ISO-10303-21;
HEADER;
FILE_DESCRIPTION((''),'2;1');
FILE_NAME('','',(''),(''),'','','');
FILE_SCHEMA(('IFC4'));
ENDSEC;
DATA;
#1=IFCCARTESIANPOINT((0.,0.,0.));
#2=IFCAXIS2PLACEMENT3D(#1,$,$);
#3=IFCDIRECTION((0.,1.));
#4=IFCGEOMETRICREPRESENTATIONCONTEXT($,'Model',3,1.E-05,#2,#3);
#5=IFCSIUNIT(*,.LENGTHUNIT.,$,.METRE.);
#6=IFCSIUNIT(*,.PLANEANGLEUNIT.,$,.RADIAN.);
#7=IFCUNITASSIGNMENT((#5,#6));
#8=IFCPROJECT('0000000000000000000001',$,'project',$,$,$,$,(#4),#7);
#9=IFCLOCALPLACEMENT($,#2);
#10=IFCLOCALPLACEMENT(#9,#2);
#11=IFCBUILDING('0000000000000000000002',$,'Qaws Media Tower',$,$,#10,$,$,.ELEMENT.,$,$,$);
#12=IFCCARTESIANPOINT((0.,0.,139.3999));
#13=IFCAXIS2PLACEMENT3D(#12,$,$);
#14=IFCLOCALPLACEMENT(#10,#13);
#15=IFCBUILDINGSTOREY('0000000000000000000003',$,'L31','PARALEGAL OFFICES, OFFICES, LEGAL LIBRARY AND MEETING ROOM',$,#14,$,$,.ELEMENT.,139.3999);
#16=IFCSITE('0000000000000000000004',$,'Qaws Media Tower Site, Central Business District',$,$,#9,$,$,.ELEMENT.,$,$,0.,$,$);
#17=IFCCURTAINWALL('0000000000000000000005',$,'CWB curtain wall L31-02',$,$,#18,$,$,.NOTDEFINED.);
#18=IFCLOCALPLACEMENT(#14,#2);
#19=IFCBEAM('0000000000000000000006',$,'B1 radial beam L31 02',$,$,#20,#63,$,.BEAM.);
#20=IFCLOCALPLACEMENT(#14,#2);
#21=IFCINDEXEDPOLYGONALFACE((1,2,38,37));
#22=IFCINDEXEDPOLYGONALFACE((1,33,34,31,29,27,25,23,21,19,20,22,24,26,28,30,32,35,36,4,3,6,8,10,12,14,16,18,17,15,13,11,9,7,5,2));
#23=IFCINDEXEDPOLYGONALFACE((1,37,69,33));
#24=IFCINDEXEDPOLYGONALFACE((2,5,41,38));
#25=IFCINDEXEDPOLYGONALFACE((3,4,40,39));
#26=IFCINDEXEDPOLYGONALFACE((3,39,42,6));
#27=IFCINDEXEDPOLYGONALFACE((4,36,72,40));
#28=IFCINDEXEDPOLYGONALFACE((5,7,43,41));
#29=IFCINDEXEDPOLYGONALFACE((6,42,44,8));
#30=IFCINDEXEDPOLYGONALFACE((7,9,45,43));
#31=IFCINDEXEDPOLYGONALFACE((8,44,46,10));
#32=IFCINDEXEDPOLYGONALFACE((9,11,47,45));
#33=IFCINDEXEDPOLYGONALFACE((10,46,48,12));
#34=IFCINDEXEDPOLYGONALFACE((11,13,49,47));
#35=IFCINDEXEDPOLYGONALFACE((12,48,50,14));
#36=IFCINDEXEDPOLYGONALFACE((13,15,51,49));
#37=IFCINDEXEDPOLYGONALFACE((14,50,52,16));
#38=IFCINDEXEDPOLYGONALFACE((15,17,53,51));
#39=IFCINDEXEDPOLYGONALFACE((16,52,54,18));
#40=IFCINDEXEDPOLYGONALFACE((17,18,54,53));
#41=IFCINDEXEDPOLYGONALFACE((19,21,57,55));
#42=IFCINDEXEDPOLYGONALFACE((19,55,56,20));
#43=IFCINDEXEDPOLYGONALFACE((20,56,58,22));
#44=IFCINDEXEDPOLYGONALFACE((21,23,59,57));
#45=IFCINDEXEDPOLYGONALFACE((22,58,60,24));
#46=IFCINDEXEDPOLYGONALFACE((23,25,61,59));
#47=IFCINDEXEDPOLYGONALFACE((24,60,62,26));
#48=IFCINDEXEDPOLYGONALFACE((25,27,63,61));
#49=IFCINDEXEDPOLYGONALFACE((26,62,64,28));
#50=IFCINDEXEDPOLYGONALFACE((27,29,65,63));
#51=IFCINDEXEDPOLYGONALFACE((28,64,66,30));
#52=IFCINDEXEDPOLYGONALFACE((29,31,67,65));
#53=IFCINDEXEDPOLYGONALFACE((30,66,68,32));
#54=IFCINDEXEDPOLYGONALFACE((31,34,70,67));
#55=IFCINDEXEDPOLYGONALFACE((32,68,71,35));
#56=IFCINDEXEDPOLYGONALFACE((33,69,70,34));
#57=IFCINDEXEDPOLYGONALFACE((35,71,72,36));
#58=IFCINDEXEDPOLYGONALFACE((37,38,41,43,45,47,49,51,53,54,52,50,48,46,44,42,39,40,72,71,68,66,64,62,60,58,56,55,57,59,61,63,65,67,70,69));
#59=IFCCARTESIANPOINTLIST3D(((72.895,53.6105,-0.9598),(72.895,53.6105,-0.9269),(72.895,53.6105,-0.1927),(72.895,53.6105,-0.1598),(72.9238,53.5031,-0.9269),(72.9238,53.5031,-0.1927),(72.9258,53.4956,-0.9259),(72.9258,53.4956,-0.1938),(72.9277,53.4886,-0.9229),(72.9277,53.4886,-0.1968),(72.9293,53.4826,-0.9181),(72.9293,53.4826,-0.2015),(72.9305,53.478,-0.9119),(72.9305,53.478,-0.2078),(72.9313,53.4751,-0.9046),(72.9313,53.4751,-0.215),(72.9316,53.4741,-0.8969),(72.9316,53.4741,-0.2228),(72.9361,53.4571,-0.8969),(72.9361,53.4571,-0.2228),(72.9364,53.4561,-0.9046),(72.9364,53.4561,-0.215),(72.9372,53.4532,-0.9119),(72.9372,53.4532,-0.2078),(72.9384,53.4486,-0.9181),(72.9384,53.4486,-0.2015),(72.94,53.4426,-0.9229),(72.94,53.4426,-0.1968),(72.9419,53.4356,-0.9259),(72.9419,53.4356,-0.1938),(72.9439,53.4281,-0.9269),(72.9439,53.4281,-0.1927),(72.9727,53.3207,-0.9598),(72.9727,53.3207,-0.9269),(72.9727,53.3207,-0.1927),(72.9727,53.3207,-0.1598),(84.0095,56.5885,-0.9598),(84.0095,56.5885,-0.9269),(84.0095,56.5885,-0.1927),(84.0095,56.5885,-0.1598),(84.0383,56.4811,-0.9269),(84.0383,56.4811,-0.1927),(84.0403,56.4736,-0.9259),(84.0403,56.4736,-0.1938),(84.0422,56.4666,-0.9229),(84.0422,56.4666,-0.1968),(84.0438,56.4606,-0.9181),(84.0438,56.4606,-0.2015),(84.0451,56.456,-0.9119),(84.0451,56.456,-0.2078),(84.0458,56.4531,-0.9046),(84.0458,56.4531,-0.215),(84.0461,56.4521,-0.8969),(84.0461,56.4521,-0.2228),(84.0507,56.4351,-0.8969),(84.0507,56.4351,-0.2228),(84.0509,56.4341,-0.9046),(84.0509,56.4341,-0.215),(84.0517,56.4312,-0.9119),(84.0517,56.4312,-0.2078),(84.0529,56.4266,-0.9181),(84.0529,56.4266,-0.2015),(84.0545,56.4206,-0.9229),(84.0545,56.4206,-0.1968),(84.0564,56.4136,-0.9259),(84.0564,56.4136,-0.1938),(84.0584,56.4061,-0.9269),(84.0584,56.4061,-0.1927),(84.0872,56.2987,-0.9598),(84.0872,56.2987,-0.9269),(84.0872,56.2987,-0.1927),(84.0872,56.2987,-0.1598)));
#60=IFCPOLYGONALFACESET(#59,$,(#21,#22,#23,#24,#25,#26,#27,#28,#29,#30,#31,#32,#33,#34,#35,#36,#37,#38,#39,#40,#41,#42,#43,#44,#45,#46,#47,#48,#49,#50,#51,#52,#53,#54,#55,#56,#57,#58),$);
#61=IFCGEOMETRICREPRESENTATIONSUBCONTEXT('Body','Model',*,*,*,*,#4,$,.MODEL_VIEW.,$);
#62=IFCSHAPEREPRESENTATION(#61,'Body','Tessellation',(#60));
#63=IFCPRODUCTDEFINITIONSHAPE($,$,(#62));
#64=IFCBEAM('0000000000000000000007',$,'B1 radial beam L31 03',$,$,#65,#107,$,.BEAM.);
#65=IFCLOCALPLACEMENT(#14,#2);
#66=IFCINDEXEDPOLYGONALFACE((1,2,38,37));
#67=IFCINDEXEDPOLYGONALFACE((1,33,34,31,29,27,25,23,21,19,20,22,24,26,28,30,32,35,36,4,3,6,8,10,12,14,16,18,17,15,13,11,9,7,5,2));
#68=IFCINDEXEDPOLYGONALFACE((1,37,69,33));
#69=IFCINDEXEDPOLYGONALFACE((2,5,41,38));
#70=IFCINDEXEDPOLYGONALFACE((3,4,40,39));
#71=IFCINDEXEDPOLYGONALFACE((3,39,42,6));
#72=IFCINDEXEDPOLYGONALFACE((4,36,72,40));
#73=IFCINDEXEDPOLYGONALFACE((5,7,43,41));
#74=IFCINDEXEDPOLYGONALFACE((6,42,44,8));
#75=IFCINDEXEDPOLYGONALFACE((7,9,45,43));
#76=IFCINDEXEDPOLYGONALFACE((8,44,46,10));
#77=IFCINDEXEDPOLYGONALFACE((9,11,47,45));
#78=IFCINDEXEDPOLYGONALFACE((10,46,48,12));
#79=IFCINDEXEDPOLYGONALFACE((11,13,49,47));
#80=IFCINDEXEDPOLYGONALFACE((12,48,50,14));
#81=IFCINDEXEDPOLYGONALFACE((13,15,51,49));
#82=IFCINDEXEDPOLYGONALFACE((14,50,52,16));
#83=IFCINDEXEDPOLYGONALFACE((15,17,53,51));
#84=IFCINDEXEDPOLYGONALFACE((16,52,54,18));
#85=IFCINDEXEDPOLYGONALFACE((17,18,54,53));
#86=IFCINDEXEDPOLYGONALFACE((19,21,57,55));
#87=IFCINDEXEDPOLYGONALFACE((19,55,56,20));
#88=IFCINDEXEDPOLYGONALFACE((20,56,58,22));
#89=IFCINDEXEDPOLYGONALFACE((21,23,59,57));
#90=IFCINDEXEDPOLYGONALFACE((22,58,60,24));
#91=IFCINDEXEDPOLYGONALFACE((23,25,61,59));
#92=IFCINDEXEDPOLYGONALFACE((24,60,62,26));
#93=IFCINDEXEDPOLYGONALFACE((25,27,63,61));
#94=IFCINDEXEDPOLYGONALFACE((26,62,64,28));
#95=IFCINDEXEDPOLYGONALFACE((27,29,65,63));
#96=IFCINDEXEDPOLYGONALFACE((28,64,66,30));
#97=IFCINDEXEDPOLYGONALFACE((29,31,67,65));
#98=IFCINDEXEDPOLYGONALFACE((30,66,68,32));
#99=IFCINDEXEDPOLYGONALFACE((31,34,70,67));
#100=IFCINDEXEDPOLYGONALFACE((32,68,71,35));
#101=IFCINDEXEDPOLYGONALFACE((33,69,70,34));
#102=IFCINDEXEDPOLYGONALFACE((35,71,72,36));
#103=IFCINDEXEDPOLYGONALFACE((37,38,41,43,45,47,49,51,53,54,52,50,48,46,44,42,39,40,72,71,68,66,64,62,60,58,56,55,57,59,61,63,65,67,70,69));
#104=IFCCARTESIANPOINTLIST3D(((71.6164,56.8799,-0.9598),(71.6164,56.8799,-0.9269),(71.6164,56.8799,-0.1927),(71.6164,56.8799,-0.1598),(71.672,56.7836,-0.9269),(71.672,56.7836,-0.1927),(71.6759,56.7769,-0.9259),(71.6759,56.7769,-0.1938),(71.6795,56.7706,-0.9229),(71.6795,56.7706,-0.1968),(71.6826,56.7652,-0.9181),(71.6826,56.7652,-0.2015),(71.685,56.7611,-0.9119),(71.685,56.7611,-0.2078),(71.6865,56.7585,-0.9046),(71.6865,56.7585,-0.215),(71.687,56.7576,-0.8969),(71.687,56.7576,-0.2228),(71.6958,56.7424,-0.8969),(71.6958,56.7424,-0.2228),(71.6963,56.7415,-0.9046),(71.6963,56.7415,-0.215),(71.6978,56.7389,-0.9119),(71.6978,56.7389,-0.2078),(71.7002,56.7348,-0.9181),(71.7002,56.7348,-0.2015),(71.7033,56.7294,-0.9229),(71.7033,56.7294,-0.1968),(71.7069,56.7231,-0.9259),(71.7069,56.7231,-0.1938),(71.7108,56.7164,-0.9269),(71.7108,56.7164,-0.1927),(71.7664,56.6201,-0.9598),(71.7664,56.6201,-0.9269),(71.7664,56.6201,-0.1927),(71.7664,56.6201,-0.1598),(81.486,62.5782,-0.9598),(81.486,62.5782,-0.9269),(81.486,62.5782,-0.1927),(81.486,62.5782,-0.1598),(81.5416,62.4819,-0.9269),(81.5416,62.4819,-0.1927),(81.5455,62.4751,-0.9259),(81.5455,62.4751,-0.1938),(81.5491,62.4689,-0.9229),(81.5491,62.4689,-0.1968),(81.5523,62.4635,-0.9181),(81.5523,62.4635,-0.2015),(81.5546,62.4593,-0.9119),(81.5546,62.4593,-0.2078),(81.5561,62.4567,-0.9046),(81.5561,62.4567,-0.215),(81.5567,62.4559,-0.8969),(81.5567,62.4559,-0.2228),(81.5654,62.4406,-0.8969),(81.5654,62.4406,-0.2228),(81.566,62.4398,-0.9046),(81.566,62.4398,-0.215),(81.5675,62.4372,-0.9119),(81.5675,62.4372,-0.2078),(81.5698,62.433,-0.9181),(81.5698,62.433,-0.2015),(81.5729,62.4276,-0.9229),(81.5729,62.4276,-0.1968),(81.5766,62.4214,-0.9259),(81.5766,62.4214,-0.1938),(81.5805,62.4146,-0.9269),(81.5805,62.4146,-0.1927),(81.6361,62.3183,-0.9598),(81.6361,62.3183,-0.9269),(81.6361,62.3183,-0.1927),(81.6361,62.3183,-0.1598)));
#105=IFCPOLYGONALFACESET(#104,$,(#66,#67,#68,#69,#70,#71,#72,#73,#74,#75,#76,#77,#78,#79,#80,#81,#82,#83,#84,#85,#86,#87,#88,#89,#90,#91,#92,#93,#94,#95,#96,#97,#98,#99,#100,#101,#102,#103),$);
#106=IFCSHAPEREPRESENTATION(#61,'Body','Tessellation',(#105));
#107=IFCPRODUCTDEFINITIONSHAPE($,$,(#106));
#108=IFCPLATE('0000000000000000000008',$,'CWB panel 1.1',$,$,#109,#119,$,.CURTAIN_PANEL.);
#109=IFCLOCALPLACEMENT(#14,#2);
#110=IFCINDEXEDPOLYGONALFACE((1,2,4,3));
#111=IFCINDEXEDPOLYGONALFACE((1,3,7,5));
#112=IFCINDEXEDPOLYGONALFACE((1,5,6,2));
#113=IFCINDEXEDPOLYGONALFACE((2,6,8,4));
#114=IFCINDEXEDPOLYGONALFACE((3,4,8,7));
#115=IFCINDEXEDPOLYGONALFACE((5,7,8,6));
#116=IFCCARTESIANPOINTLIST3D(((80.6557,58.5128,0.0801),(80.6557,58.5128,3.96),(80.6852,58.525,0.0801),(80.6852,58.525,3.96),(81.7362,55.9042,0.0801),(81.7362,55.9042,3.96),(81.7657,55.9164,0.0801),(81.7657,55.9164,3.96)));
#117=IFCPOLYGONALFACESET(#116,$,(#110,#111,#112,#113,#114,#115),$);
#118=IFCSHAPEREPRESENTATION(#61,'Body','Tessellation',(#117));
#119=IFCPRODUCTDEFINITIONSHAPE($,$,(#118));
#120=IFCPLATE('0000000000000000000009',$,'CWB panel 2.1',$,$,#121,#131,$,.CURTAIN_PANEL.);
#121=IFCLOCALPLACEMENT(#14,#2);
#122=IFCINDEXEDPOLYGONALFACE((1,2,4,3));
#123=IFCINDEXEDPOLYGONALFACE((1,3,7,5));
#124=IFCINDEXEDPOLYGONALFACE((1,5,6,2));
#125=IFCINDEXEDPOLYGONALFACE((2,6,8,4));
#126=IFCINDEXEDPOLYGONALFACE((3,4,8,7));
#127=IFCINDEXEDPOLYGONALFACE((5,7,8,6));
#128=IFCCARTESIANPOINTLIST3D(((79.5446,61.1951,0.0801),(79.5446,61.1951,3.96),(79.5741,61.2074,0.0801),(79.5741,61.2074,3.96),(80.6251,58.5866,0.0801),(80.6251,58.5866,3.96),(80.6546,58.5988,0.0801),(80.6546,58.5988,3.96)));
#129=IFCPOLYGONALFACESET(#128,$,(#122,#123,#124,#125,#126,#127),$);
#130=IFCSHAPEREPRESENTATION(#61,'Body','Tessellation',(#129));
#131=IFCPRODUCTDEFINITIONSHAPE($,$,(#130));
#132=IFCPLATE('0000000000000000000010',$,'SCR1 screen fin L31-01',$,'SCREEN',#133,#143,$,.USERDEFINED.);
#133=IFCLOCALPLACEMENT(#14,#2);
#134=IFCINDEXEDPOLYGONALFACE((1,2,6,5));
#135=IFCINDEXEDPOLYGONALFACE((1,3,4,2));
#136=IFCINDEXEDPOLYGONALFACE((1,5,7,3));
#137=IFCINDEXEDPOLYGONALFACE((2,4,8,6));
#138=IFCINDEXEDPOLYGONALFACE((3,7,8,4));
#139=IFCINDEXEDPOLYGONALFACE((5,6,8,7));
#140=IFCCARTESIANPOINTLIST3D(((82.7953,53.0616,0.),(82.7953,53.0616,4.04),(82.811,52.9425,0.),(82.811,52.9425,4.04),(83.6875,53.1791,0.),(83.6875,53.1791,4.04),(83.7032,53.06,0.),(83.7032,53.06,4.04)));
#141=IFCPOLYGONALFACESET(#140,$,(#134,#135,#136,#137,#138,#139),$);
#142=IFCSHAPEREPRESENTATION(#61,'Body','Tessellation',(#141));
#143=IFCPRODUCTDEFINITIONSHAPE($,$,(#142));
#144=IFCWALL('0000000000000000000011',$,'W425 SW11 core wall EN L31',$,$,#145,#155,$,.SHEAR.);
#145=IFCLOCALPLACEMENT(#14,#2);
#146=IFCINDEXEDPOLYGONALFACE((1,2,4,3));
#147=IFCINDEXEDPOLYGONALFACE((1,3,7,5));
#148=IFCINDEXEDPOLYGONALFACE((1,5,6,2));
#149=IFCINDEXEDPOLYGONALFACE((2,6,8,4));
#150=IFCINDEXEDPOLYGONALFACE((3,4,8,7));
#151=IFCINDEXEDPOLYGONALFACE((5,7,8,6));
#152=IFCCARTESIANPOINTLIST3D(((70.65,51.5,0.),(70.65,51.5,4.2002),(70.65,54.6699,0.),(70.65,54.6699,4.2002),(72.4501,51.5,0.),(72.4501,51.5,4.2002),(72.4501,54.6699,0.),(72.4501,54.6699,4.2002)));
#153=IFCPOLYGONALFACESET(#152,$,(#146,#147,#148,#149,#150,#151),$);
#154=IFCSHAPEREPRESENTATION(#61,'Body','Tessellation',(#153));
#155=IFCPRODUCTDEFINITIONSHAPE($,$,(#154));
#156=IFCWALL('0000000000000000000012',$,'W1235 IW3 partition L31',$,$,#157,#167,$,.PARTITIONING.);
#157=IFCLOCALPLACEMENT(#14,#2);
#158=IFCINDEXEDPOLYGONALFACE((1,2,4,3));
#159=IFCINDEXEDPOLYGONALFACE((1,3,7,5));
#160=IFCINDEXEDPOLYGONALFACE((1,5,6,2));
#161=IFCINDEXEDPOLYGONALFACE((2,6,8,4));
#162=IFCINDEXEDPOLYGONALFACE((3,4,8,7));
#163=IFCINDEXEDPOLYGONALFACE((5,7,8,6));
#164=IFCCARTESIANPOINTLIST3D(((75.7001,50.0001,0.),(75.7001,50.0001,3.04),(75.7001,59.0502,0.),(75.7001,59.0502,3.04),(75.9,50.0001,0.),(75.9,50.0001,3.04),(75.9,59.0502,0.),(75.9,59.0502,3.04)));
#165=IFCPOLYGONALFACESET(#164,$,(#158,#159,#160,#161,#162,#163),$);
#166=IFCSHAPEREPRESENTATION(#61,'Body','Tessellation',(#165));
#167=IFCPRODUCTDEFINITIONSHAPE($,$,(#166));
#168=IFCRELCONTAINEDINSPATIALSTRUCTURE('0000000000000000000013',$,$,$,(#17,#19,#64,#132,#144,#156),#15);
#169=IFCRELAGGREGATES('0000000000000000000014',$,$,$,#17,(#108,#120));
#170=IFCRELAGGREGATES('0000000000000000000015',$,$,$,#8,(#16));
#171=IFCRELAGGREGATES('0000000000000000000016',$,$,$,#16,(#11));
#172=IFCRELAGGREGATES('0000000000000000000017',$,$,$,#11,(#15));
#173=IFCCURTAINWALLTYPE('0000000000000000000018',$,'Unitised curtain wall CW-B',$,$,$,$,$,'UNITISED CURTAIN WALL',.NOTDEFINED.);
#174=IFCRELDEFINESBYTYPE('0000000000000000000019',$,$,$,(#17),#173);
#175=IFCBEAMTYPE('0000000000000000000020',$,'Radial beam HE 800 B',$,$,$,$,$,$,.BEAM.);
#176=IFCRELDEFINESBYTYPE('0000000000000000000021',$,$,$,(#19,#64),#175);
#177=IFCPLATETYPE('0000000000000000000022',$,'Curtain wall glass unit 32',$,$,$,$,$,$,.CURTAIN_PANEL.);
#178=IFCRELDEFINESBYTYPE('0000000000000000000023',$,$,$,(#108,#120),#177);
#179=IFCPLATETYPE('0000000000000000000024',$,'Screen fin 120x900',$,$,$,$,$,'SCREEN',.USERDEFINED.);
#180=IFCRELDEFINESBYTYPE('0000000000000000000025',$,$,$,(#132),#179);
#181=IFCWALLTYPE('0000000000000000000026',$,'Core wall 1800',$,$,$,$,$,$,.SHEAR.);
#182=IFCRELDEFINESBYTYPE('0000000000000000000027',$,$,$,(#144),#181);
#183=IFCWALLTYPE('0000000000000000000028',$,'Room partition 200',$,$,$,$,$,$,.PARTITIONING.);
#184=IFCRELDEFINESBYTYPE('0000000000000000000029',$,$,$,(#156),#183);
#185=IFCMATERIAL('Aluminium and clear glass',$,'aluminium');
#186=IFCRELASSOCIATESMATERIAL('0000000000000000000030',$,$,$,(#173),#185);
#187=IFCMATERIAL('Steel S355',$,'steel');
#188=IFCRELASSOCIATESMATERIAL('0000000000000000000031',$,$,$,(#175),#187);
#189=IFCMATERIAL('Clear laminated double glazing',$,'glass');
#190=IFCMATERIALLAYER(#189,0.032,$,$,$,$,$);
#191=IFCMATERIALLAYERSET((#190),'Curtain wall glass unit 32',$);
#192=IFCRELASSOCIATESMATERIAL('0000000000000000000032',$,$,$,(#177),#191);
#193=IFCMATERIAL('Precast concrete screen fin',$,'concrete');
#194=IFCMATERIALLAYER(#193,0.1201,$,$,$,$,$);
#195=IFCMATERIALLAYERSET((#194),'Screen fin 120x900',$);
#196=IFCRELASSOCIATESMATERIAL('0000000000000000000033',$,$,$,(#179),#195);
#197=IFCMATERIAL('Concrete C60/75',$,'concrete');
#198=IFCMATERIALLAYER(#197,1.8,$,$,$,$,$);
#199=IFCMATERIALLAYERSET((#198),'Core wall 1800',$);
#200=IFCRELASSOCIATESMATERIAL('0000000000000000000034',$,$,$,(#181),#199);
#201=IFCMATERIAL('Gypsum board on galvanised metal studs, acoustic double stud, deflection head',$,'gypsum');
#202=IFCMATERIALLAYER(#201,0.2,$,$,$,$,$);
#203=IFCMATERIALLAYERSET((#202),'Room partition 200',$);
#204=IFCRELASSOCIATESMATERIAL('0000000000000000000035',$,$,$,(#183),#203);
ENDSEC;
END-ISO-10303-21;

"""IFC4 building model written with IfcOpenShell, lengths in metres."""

from ifc_helpers import new_model, si_unit, direction, frame, frame_2d, origin, origin_2d, place, context, subcontext, project, spatial, rectangle, i_section, extrude, material, layer, layer_set, material_profile, profile_set, type_object, element, aggregate, save


model = new_model("IFC4")

# Units and contexts
model_context = context("Model", 3, precision=1e-05, world=origin(), true_north=direction((0.0, 1.0)))
body_context = subcontext(model_context, "Body", "Model", "MODEL_VIEW")
ifc_project = project(units=[si_unit("LENGTHUNIT", "METRE"), si_unit("PLANEANGLEUNIT", "RADIAN")], contexts=[model_context])

# Site, building, storey
site_placement = place(None, origin())
site = spatial("IfcSite", under=ifc_project, at=site_placement, Name="Qaws Media Tower Site, Central Business District", CompositionType="ELEMENT", RefElevation=0.0)
building_placement = place(site_placement, origin())
building = spatial("IfcBuilding", under=site, at=building_placement, Name="Qaws Media Tower", CompositionType="ELEMENT")
storey_placement = place(building_placement, frame((0.0, 0.0, 139.3999)))
storey = spatial("IfcBuildingStorey", under=building, at=storey_placement, Name="L31", Description="PARALEGAL OFFICES, OFFICES, LEGAL LIBRARY AND MEETING ROOM", CompositionType="ELEMENT", Elevation=139.3999)

# Curtain wall
ifc_material_1 = material(Name="Aluminium and clear glass", Category="aluminium")
curtain_wall_type = type_object("IfcCurtainWallType", Name="Unitised curtain wall CW-B", ElementType="UNITISED CURTAIN WALL", PredefinedType="NOTDEFINED", material=ifc_material_1)
curtain_wall_1_placement = place(storey_placement, origin())
curtain_wall_1 = element("IfcCurtainWall", 1, at=curtain_wall_1_placement, inside=storey, type_object=curtain_wall_type, Name="CWB curtain wall L31-02", PredefinedType="NOTDEFINED")

# Beams
ifc_material_2 = material(Name="Steel S355", Category="steel")
ifc_material_profile_1 = material_profile(ifc_material_2, i_section(OverallWidth=0.3, OverallDepth=0.8, WebThickness=0.0176, FlangeThickness=0.033, FilletRadius=0.03, at=origin_2d()), Name="HE 800 B")
ifc_profile_set_1 = profile_set([ifc_material_profile_1], Name="Steel S355")
beam_type_1 = type_object("IfcBeamType", Name="Radial beam HE 800 B", PredefinedType="BEAM", material=ifc_profile_set_1)
beam_1_placement = place(storey_placement, frame((72.9338, 53.4656, -0.5598), z_axis=(0.965928, 0.258811, 0.0), x_axis=(-0.258811, 0.965928, 0.0)))
element("IfcBeam", 2, at=beam_1_placement, inside=storey, type_object=beam_type_1, Name="B1 radial beam L31 02", PredefinedType="BEAM", context=body_context, shape_type="SweptSolid", body=[
    extrude(i_section(OverallWidth=0.3, OverallDepth=0.8, WebThickness=0.0176, FlangeThickness=0.033, FilletRadius=0.03, at=origin_2d()), origin(), (0.0, 0.0, 1.0), 11.5066),
])
beam_2_placement = place(storey_placement, frame((71.6914, 56.75, -0.5598), z_axis=(0.866025, 0.500001, 0.0), x_axis=(-0.500001, 0.866025, 0.0)))
element("IfcBeam", 3, at=beam_2_placement, inside=storey, type_object=beam_type_1, Name="B1 radial beam L31 03", PredefinedType="BEAM", context=body_context, shape_type="SweptSolid", body=[
    extrude(i_section(OverallWidth=0.3, OverallDepth=0.8, WebThickness=0.0176, FlangeThickness=0.033, FilletRadius=0.03, at=origin_2d()), origin(), (0.0, 0.0, 1.0), 11.3965),
])

# Plates
ifc_material_3 = material(Name="Clear laminated double glazing", Category="glass")
ifc_layer_1 = layer(ifc_material_3, 0.032)
ifc_layer_set_1 = layer_set([ifc_layer_1], Name="Curtain wall glass unit 32")
plate_type_1 = type_object("IfcPlateType", Name="Curtain wall glass unit 32", PredefinedType="CURTAIN_PANEL", material=ifc_layer_set_1)
plate_1_placement = place(storey_placement, frame((81.2107, 57.2146, 0.0801), z_axis=(0.0, 0.0, 1.0), x_axis=(-0.382683, 0.92388, 0.0)))
plate_1 = element("IfcPlate", 4, at=plate_1_placement, type_object=plate_type_1, Name="CWB panel 1.1", PredefinedType="CURTAIN_PANEL", context=body_context, shape_type="SweptSolid", body=[
    extrude(rectangle(XDim=2.8235, YDim=0.032, at=origin_2d()), origin(), (0.0, 0.0, 1.0), 3.8799),
])
plate_2_placement = place(storey_placement, frame((80.0996, 59.897, 0.0801), z_axis=(0.0, 0.0, 1.0), x_axis=(-0.382683, 0.92388, 0.0)))
plate_2 = element("IfcPlate", 5, at=plate_2_placement, type_object=plate_type_1, Name="CWB panel 2.1", PredefinedType="CURTAIN_PANEL", context=body_context, shape_type="SweptSolid", body=[
    extrude(rectangle(XDim=2.8235, YDim=0.032, at=origin_2d()), origin(), (0.0, 0.0, 1.0), 3.8799),
])
aggregate(curtain_wall_1, [plate_1, plate_2])
ifc_material_4 = material(Name="Precast concrete screen fin", Category="concrete")
ifc_layer_2 = layer(ifc_material_4, 0.1201)
ifc_layer_set_2 = layer_set([ifc_layer_2], Name="Screen fin 120x900")
plate_type_2 = type_object("IfcPlateType", Name="Screen fin 120x900", ElementType="SCREEN", PredefinedType="USERDEFINED", material=ifc_layer_set_2)
plate_3_placement = place(storey_placement, frame((83.2493, 53.0608, 0.0), z_axis=(0.0, 0.0, 1.0), x_axis=(0.991445, 0.130526, 0.0)))
element("IfcPlate", 6, at=plate_3_placement, inside=storey, type_object=plate_type_2, Name="SCR1 screen fin L31-01", ObjectType="SCREEN", PredefinedType="USERDEFINED", context=body_context, shape_type="SweptSolid", body=[
    extrude(rectangle(XDim=0.8999, YDim=0.1201, at=origin_2d()), origin(), (0.0, 0.0, 1.0), 4.04),
])

# Walls
ifc_material_5 = material(Name="Concrete C60/75", Category="concrete")
ifc_layer_3 = layer(ifc_material_5, 1.8)
ifc_layer_set_3 = layer_set([ifc_layer_3], Name="Core wall 1800")
wall_type_1 = type_object("IfcWallType", Name="Core wall 1800", PredefinedType="SHEAR", material=ifc_layer_set_3)
wall_1_placement = place(storey_placement, frame((71.55, 51.5, 0.0), z_axis=(0.0, 0.0, 1.0), x_axis=(0.0, 1.0, 0.0)))
element("IfcWall", 7, at=wall_1_placement, inside=storey, type_object=wall_type_1, Name="W425 SW11 core wall EN L31", PredefinedType="SHEAR", context=body_context, shape_type="SweptSolid", body=[
    extrude(rectangle(XDim=3.1699, YDim=1.8, at=frame_2d((1.585, 0.0))), origin(), (0.0, 0.0, 1.0), 4.2002),
])
ifc_material_6 = material(Name="Gypsum board on galvanised metal studs, acoustic double stud, deflection head", Category="gypsum")
ifc_layer_4 = layer(ifc_material_6, 0.2)
ifc_layer_set_4 = layer_set([ifc_layer_4], Name="Room partition 200")
wall_type_2 = type_object("IfcWallType", Name="Room partition 200", PredefinedType="PARTITIONING", material=ifc_layer_set_4)
wall_2_placement = place(storey_placement, frame((75.8, 59.05, 0.0), z_axis=(0.0, 0.0, 1.0), x_axis=(0.0, -1.0, 0.0)))
element("IfcWall", 8, at=wall_2_placement, inside=storey, type_object=wall_type_2, Name="W1235 IW3 partition L31", PredefinedType="PARTITIONING", context=body_context, shape_type="SweptSolid", body=[
    extrude(rectangle(XDim=9.05, YDim=0.2, at=frame_2d((4.5249, 0.0))), origin(), (0.0, 0.0, 1.0), 3.04),
])

save(model, "model.ifc")
